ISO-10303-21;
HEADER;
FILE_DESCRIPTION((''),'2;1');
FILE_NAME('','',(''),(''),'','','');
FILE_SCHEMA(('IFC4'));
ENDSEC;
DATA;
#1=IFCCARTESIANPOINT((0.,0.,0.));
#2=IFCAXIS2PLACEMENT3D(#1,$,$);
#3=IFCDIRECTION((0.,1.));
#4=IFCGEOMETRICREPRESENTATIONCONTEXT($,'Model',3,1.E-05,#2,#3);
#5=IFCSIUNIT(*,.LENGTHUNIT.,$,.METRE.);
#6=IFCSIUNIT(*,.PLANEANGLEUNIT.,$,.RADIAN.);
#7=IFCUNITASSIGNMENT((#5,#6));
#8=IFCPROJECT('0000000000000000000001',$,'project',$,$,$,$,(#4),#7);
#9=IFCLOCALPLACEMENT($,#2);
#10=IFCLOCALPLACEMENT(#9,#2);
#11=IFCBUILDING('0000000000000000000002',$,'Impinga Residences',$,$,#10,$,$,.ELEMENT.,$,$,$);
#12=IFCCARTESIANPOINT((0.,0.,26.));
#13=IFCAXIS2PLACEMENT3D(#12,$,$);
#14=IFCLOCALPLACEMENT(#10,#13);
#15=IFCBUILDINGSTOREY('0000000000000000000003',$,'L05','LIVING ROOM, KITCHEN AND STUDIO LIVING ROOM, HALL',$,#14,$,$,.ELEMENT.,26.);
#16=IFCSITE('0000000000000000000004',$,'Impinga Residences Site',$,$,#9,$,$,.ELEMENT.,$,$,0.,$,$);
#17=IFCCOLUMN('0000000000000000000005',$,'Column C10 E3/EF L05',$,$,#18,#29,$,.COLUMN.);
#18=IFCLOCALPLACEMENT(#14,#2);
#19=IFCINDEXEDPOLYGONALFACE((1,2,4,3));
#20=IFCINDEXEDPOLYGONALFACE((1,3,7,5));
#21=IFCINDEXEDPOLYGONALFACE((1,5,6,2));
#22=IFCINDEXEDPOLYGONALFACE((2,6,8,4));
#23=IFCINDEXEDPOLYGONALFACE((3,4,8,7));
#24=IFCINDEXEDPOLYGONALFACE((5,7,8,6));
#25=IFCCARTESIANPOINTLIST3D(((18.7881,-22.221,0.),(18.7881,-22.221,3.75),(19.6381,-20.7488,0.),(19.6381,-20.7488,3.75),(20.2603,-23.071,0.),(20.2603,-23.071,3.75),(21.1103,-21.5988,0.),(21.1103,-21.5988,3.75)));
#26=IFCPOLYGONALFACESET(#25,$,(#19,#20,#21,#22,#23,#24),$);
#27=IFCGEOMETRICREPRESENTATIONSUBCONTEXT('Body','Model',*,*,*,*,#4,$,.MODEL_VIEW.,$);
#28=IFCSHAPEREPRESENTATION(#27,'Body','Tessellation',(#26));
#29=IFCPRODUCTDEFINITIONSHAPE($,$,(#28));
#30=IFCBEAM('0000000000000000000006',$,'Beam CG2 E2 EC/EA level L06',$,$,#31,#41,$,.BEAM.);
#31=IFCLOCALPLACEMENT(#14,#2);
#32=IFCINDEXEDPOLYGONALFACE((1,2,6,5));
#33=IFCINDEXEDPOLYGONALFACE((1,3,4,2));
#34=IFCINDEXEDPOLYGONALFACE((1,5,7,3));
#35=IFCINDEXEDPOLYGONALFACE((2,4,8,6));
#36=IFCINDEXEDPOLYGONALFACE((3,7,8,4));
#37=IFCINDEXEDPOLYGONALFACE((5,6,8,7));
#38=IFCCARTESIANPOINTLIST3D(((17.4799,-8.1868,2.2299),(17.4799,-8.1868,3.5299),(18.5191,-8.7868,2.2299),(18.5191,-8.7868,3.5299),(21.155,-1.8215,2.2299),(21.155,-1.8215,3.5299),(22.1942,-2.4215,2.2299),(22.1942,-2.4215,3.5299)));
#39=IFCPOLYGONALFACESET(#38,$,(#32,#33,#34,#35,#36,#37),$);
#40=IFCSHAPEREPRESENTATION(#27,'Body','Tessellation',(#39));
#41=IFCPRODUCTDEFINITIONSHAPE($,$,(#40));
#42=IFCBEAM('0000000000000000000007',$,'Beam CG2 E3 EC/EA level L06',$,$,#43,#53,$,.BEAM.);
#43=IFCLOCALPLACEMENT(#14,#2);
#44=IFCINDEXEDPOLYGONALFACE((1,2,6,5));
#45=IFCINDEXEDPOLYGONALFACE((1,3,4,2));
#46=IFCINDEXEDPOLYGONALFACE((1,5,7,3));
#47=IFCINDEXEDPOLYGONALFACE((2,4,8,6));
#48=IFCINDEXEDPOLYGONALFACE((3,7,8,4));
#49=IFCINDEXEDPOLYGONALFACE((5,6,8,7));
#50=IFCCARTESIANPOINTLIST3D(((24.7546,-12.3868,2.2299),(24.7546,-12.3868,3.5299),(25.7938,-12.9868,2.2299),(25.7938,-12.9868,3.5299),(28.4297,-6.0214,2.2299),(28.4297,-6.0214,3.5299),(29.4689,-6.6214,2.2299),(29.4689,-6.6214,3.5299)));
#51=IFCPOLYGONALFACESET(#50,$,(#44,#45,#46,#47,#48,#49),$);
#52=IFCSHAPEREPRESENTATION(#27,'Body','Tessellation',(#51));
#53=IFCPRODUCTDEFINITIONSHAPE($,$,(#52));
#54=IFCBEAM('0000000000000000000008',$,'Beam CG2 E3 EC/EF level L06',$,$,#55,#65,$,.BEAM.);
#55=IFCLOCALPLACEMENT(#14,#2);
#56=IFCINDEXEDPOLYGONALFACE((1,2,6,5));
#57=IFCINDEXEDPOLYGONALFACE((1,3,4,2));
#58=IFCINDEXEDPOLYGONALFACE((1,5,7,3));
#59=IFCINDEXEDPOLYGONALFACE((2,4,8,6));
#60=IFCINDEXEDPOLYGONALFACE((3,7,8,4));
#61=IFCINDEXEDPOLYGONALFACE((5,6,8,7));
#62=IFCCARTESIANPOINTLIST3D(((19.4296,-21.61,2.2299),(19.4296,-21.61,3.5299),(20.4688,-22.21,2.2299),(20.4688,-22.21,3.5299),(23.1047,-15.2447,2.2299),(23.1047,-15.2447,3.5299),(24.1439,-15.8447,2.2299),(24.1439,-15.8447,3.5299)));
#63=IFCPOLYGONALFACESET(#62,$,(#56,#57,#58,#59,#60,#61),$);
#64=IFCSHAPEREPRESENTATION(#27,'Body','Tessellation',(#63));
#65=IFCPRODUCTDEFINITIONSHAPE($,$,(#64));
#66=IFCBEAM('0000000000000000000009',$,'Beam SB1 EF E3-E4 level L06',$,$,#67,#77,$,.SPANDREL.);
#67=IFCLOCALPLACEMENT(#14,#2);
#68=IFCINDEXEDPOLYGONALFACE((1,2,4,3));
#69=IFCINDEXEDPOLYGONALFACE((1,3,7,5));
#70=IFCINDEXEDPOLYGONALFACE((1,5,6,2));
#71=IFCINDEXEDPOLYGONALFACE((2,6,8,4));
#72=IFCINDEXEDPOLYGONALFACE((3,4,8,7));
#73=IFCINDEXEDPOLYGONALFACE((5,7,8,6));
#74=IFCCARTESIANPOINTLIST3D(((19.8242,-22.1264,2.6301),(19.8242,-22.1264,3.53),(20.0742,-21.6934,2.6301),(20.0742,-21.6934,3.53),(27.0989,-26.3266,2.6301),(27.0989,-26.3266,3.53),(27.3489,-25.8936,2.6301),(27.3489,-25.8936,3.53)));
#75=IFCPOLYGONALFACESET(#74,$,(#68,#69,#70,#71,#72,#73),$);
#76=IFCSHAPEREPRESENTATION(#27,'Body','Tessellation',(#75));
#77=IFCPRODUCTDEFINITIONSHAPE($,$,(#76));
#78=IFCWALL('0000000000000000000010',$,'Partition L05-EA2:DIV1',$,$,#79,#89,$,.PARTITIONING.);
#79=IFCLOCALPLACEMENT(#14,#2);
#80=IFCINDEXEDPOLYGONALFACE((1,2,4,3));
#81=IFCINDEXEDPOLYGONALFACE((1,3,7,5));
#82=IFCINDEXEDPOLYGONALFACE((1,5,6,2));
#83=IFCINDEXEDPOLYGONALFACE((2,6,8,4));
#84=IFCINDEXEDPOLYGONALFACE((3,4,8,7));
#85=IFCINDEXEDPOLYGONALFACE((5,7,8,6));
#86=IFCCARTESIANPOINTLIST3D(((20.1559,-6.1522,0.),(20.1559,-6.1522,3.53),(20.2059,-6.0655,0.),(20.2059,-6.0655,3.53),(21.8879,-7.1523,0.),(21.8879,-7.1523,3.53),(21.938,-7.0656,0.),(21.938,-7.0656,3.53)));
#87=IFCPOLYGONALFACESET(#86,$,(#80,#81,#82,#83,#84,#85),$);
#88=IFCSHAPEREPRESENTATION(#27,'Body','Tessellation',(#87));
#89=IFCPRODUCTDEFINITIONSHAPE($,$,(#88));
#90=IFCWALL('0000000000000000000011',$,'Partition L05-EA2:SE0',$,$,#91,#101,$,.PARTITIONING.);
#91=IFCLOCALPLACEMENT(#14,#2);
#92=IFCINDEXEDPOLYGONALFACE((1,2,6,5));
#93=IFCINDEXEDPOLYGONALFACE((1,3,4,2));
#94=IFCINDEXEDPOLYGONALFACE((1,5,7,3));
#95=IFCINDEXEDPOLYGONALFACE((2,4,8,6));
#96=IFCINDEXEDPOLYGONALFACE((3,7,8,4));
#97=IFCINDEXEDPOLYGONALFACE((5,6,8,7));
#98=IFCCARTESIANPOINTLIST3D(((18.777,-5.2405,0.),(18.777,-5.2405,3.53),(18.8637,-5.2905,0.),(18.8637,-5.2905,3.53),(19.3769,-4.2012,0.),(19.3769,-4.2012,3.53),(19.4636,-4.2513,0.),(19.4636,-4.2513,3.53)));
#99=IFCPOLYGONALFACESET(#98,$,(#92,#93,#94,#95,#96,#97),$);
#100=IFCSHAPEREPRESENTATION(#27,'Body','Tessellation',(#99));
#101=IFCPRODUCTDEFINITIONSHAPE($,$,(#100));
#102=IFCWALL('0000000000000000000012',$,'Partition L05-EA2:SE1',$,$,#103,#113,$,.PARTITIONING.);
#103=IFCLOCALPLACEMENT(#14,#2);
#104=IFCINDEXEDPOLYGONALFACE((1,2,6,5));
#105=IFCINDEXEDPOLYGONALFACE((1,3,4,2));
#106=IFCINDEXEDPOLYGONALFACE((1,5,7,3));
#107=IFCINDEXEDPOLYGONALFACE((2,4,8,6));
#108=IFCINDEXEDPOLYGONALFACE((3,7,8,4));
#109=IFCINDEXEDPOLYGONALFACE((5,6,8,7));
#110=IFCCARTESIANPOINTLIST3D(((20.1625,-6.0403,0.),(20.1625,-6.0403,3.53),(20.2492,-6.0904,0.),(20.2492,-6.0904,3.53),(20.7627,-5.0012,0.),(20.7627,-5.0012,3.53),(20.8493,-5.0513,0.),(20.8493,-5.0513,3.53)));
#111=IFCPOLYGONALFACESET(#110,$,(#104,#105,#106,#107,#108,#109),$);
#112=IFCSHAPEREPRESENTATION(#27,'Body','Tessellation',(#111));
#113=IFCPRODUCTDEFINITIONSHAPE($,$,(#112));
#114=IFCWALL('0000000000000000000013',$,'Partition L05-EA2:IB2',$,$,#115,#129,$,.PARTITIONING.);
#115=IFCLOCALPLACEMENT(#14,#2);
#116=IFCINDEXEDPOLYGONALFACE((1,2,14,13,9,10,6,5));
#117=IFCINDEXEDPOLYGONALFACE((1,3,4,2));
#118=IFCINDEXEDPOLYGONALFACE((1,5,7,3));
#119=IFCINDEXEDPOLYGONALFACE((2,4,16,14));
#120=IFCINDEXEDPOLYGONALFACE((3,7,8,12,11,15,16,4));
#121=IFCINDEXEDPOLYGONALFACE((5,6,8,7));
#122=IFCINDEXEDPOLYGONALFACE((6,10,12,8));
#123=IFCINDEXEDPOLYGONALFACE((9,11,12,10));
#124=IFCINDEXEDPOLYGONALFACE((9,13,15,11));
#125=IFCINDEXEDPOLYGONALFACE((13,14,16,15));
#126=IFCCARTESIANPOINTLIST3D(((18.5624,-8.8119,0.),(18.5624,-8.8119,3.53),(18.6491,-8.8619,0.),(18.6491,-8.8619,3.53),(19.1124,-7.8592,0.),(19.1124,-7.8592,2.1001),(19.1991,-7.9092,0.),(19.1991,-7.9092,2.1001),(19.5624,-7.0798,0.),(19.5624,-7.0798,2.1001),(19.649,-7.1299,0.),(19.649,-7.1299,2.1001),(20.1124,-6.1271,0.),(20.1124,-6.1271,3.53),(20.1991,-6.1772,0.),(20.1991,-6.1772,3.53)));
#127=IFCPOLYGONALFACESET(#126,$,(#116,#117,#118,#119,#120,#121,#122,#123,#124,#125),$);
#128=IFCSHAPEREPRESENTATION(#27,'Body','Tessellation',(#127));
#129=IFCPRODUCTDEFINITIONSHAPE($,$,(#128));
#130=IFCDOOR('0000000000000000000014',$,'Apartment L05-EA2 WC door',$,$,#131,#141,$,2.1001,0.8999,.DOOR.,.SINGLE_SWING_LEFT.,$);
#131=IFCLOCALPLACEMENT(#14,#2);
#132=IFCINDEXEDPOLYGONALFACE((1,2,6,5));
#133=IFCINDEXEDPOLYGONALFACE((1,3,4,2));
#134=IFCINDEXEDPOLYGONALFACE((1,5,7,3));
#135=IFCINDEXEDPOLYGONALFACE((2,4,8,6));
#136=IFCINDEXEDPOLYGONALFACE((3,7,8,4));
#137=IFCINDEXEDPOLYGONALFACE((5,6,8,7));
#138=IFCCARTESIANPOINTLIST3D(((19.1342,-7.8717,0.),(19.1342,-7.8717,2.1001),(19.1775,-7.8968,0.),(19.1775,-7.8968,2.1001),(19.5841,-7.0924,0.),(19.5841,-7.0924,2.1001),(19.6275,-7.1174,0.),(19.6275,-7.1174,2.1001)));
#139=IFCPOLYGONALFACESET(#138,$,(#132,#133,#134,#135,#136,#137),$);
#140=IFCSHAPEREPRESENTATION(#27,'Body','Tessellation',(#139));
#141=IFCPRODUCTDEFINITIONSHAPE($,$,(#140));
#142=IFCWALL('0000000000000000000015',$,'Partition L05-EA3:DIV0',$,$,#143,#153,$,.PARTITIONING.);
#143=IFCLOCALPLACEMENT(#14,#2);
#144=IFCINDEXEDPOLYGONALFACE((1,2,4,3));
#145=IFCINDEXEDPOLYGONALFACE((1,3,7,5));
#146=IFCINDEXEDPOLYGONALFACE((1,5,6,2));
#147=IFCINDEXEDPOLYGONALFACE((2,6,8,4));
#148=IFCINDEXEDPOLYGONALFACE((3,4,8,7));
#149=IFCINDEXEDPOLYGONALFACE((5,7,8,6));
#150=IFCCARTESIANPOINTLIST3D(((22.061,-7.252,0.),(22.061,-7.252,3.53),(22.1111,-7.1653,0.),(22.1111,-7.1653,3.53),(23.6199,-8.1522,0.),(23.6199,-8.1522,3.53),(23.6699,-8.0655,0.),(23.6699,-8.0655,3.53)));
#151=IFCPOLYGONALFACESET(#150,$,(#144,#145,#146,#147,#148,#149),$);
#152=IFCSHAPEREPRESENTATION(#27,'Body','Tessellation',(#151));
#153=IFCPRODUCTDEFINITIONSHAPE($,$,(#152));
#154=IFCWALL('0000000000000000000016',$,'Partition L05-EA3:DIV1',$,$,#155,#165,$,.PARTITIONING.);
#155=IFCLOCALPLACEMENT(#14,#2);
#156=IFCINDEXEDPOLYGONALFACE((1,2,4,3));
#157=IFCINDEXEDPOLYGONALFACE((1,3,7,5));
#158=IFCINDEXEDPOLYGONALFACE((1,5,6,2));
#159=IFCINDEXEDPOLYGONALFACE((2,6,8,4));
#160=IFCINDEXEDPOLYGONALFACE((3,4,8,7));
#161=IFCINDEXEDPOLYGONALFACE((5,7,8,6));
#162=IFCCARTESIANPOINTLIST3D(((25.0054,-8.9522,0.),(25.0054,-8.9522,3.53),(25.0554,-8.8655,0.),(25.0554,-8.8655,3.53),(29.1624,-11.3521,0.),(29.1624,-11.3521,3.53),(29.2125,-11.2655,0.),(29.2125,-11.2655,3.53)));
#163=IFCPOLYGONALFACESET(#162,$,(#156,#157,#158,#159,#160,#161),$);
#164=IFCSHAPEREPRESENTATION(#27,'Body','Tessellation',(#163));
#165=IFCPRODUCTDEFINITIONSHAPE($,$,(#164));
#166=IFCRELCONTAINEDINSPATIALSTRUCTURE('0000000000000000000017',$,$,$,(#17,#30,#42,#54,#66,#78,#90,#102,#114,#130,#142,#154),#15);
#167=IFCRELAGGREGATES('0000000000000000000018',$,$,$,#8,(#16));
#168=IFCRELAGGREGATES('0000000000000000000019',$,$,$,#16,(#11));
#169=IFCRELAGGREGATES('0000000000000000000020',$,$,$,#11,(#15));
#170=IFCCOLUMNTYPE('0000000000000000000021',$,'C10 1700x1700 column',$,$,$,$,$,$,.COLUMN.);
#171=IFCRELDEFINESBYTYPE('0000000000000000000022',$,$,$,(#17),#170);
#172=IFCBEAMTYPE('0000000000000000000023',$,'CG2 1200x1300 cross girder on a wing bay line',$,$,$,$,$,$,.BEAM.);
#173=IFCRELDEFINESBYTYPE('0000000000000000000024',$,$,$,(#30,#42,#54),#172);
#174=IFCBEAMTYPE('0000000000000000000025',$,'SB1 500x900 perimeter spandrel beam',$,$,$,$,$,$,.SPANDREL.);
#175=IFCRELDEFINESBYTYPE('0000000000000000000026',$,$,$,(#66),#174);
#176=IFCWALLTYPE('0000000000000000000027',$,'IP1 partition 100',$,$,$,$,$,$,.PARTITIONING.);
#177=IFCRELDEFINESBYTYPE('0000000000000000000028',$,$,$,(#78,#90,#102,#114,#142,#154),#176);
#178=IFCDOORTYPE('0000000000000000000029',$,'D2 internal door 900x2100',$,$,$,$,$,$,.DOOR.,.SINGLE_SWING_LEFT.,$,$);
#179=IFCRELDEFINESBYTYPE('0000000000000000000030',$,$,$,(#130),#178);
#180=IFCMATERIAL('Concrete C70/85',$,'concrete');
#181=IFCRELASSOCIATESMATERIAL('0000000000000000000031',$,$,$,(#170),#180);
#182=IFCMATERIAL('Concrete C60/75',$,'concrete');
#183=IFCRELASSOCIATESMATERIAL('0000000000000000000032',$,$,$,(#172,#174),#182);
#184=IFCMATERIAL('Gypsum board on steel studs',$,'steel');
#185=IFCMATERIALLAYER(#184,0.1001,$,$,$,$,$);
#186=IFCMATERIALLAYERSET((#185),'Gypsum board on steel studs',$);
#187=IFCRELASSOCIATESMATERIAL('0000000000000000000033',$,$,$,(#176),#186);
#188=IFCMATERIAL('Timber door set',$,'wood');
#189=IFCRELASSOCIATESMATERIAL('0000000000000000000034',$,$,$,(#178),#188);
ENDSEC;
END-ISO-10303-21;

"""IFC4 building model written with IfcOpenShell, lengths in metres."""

from ifc_helpers import new_model, si_unit, direction, frame, frame_2d, origin, origin_2d, place, context, subcontext, project, spatial, rectangle, extrude, material, layer, layer_set, material_profile, profile_set, type_object, element, fill, save


model = new_model("IFC4")

# Units and contexts
model_context = context("Model", 3, precision=1e-05, world=origin(), true_north=direction((0.0, 1.0)))
body_context = subcontext(model_context, "Body", "Model", "MODEL_VIEW")
ifc_project = project(units=[si_unit("LENGTHUNIT", "METRE"), si_unit("PLANEANGLEUNIT", "RADIAN")], contexts=[model_context])

# Site, building, storey
site_placement = place(None, origin())
site = spatial("IfcSite", under=ifc_project, at=site_placement, Name="Impinga Residences Site", CompositionType="ELEMENT", RefElevation=0.0)
building_placement = place(site_placement, origin())
building = spatial("IfcBuilding", under=site, at=building_placement, Name="Impinga Residences", CompositionType="ELEMENT")
storey_placement = place(building_placement, frame((0.0, 0.0, 26.0)))
storey = spatial("IfcBuildingStorey", under=building, at=storey_placement, Name="L05", Description="LIVING ROOM, KITCHEN AND STUDIO LIVING ROOM, HALL", CompositionType="ELEMENT", Elevation=26.0)

# Column
ifc_material_1 = material(Name="Concrete C70/85", Category="concrete")
ifc_material_profile_1 = material_profile(ifc_material_1, rectangle(XDim=1.7, YDim=1.7, at=origin_2d()), Name="RC 1700x1700")
ifc_profile_set_1 = profile_set([ifc_material_profile_1], Name="Concrete C70/85")
column_type = type_object("IfcColumnType", Name="C10 1700x1700 column", PredefinedType="COLUMN", material=ifc_profile_set_1)
column_placement = place(storey_placement, frame((19.9492, -21.9099, 0.0), z_axis=(0.0, 0.0, 1.0), x_axis=(-0.5, -0.866025, 0.0)))
element("IfcColumn", 1, at=column_placement, inside=storey, type_object=column_type, Name="Column C10 E3/EF L05", PredefinedType="COLUMN", context=body_context, shape_type="SweptSolid", body=[
    extrude(rectangle(XDim=1.7, YDim=1.7, at=origin_2d()), origin(), (0.0, 0.0, 1.0), 3.75),
])

# Beams
ifc_material_2 = material(Name="Concrete C60/75", Category="concrete")
ifc_material_profile_2 = material_profile(ifc_material_2, rectangle(XDim=1.2, YDim=1.3, at=origin_2d()), Name="RC 1200x1300")
ifc_profile_set_2 = profile_set([ifc_material_profile_2], Name="Concrete C60/75")
beam_type_1 = type_object("IfcBeamType", Name="CG2 1200x1300 cross girder on a wing bay line", PredefinedType="BEAM", material=ifc_profile_set_2)
for number, where, z_axis, x_axis, name in (
    (2, (17.9995, -8.4868, 2.8799), (0.500008, 0.866021, 0.0), (-0.866021, 0.500008, 0.0), "Beam CG2 E2 EC/EA level L06"),
    (3, (25.2742, -12.6868, 2.8799), (0.500008, 0.866021, 0.0), (-0.866021, 0.500008, 0.0), "Beam CG2 E3 EC/EA level L06"),
    (4, (23.6243, -15.5447, 2.8799), (-0.500008, -0.866021, 0.0), (0.866021, -0.500008, 0.0), "Beam CG2 E3 EC/EF level L06"),
):
    element("IfcBeam", number, at=place(storey_placement, frame(where, z_axis=z_axis, x_axis=x_axis)), inside=storey, type_object=beam_type_1, Name=name, PredefinedType="BEAM", context=body_context, shape_type="SweptSolid", body=[
        extrude(rectangle(XDim=1.2, YDim=1.3, at=origin_2d()), origin(), (0.0, 0.0, 1.0), 7.3501),
    ])
ifc_material_profile_3 = material_profile(ifc_material_2, rectangle(XDim=0.5, YDim=0.8999, at=origin_2d()), Name="RC 500x900")
ifc_profile_set_3 = profile_set([ifc_material_profile_3], Name="Concrete C60/75")
beam_type_2 = type_object("IfcBeamType", Name="SB1 500x900 perimeter spandrel beam", PredefinedType="SPANDREL", material=ifc_profile_set_3)
beam_placement = place(storey_placement, frame((19.9492, -21.9099, 3.0801), z_axis=(0.866017, -0.500015, 0.0), x_axis=(0.500015, 0.866017, 0.0)))
element("IfcBeam", 5, at=beam_placement, inside=storey, type_object=beam_type_2, Name="Beam SB1 EF E3-E4 level L06", PredefinedType="SPANDREL", context=body_context, shape_type="SweptSolid", body=[
    extrude(rectangle(XDim=0.5, YDim=0.8999, at=origin_2d()), origin(), (0.0, 0.0, 1.0), 8.4001),
])

# Walls
ifc_material_3 = material(Name="Gypsum board on steel studs", Category="steel")
ifc_layer_1 = layer(ifc_material_3, 0.1001)
ifc_layer_set_1 = layer_set([ifc_layer_1], Name="Gypsum board on steel studs")
wall_type_1 = type_object("IfcWallType", Name="IP1 partition 100", PredefinedType="PARTITIONING", material=ifc_layer_set_1)
wall_1_placement = place(storey_placement, frame((20.1809, -6.1089, 0.0), z_axis=(0.0, 0.0, 1.0), x_axis=(0.866011, -0.500025, 0.0)))
element("IfcWall", 6, at=wall_1_placement, inside=storey, type_object=wall_type_1, Name="Partition L05-EA2:DIV1", PredefinedType="PARTITIONING", context=body_context, shape_type="SweptSolid", body=[
    extrude(rectangle(XDim=2.0, YDim=0.1001, at=frame_2d((1.0, 0.0))), origin(), (0.0, 0.0, 1.0), 3.53),
])
for number, where, z_axis, x_axis, name in (
    (7, (18.8203, -5.2656, 0.0), (0.0, 0.0, 1.0), (0.499881, 0.866094, 0.0), "Partition L05-EA2:SE0"),
    (8, (20.2058, -6.0654, 0.0), (0.0, 0.0, 1.0), (0.500122, 0.865955, 0.0), "Partition L05-EA2:SE1"),
):
    element("IfcWall", number, at=place(storey_placement, frame(where, z_axis=z_axis, x_axis=x_axis)), inside=storey, type_object=wall_type_1, Name=name, PredefinedType="PARTITIONING", context=body_context, shape_type="SweptSolid", body=[
        extrude(rectangle(XDim=1.2, YDim=0.1001, at=frame_2d((0.6001, 0.0))), origin(), (0.0, 0.0, 1.0), 3.53),
    ])

# Wall, opening, door
wall_2_placement = place(storey_placement, frame((18.6057, -8.8369, 0.0), z_axis=(0.0, 0.0, 1.0), x_axis=(0.499993, 0.86603, 0.0)))
wall_2 = element("IfcWall", 9, at=wall_2_placement, inside=storey, type_object=wall_type_1, Name="Partition L05-EA2:IB2", PredefinedType="PARTITIONING", context=body_context, shape_type="SweptSolid", body=[
    extrude(rectangle(XDim=3.1001, YDim=0.1001, at=frame_2d((1.55, 0.0))), origin(), (0.0, 0.0, 1.0), 3.53),
])
opening_1_placement = place(wall_2_placement, frame((1.1001, 0.0, 0.0)))
opening_1 = element("IfcOpeningElement", 10, at=opening_1_placement, cuts=wall_2, PredefinedType="OPENING", context=body_context, shape_type="SweptSolid", body=[
    extrude(rectangle(XDim=0.8999, YDim=2.1001, at=frame_2d((0.45, 1.05))), frame((0.0, 0.0601, 0.0), z_axis=(0.0, -1.0, 0.0), x_axis=(1.0, 0.0, 0.0)), (0.0, 0.0, 1.0), 0.1201),
])
ifc_material_4 = material(Name="Timber door set", Category="wood")
door_type = type_object("IfcDoorType", Name="D2 internal door 900x2100", OperationType="SINGLE_SWING_LEFT", PredefinedType="DOOR", material=ifc_material_4)
door_1_placement = place(opening_1_placement, origin())
door_1 = element("IfcDoor", 11, at=door_1_placement, inside=storey, type_object=door_type, Name="Apartment L05-EA2 WC door", OperationType="SINGLE_SWING_LEFT", OverallHeight=2.1001, OverallWidth=0.8999, PredefinedType="DOOR", context=body_context, shape_type="SweptSolid", body=[
    extrude(rectangle(XDim=0.8999, YDim=2.1001, at=frame_2d((0.45, 1.05))), frame((0.0, 0.0249, 0.0), z_axis=(0.0, -1.0, 0.0), x_axis=(1.0, 0.0, 0.0)), (0.0, 0.0, 1.0), 0.05),
])
fill(opening_1, door_1)

# Walls
wall_3_placement = place(storey_placement, frame((22.0862, -7.2087, 0.0), z_axis=(0.0, 0.0, 1.0), x_axis=(0.865989, -0.500063, 0.0)))
element("IfcWall", 12, at=wall_3_placement, inside=storey, type_object=wall_type_1, Name="Partition L05-EA3:DIV0", PredefinedType="PARTITIONING", context=body_context, shape_type="SweptSolid", body=[
    extrude(rectangle(XDim=1.8, YDim=0.1001, at=frame_2d((0.8999, 0.0))), origin(), (0.0, 0.0, 1.0), 3.53),
])
wall_4_placement = place(storey_placement, frame((25.0305, -8.9089, 0.0), z_axis=(0.0, 0.0, 1.0), x_axis=(0.866037, -0.499979, 0.0)))
element("IfcWall", 13, at=wall_4_placement, inside=storey, type_object=wall_type_1, Name="Partition L05-EA3:DIV1", PredefinedType="PARTITIONING", context=body_context, shape_type="SweptSolid", body=[
    extrude(rectangle(XDim=4.8, YDim=0.1001, at=frame_2d((2.3999, 0.0))), origin(), (0.0, 0.0, 1.0), 3.53),
])

save(model, "model.ifc")
